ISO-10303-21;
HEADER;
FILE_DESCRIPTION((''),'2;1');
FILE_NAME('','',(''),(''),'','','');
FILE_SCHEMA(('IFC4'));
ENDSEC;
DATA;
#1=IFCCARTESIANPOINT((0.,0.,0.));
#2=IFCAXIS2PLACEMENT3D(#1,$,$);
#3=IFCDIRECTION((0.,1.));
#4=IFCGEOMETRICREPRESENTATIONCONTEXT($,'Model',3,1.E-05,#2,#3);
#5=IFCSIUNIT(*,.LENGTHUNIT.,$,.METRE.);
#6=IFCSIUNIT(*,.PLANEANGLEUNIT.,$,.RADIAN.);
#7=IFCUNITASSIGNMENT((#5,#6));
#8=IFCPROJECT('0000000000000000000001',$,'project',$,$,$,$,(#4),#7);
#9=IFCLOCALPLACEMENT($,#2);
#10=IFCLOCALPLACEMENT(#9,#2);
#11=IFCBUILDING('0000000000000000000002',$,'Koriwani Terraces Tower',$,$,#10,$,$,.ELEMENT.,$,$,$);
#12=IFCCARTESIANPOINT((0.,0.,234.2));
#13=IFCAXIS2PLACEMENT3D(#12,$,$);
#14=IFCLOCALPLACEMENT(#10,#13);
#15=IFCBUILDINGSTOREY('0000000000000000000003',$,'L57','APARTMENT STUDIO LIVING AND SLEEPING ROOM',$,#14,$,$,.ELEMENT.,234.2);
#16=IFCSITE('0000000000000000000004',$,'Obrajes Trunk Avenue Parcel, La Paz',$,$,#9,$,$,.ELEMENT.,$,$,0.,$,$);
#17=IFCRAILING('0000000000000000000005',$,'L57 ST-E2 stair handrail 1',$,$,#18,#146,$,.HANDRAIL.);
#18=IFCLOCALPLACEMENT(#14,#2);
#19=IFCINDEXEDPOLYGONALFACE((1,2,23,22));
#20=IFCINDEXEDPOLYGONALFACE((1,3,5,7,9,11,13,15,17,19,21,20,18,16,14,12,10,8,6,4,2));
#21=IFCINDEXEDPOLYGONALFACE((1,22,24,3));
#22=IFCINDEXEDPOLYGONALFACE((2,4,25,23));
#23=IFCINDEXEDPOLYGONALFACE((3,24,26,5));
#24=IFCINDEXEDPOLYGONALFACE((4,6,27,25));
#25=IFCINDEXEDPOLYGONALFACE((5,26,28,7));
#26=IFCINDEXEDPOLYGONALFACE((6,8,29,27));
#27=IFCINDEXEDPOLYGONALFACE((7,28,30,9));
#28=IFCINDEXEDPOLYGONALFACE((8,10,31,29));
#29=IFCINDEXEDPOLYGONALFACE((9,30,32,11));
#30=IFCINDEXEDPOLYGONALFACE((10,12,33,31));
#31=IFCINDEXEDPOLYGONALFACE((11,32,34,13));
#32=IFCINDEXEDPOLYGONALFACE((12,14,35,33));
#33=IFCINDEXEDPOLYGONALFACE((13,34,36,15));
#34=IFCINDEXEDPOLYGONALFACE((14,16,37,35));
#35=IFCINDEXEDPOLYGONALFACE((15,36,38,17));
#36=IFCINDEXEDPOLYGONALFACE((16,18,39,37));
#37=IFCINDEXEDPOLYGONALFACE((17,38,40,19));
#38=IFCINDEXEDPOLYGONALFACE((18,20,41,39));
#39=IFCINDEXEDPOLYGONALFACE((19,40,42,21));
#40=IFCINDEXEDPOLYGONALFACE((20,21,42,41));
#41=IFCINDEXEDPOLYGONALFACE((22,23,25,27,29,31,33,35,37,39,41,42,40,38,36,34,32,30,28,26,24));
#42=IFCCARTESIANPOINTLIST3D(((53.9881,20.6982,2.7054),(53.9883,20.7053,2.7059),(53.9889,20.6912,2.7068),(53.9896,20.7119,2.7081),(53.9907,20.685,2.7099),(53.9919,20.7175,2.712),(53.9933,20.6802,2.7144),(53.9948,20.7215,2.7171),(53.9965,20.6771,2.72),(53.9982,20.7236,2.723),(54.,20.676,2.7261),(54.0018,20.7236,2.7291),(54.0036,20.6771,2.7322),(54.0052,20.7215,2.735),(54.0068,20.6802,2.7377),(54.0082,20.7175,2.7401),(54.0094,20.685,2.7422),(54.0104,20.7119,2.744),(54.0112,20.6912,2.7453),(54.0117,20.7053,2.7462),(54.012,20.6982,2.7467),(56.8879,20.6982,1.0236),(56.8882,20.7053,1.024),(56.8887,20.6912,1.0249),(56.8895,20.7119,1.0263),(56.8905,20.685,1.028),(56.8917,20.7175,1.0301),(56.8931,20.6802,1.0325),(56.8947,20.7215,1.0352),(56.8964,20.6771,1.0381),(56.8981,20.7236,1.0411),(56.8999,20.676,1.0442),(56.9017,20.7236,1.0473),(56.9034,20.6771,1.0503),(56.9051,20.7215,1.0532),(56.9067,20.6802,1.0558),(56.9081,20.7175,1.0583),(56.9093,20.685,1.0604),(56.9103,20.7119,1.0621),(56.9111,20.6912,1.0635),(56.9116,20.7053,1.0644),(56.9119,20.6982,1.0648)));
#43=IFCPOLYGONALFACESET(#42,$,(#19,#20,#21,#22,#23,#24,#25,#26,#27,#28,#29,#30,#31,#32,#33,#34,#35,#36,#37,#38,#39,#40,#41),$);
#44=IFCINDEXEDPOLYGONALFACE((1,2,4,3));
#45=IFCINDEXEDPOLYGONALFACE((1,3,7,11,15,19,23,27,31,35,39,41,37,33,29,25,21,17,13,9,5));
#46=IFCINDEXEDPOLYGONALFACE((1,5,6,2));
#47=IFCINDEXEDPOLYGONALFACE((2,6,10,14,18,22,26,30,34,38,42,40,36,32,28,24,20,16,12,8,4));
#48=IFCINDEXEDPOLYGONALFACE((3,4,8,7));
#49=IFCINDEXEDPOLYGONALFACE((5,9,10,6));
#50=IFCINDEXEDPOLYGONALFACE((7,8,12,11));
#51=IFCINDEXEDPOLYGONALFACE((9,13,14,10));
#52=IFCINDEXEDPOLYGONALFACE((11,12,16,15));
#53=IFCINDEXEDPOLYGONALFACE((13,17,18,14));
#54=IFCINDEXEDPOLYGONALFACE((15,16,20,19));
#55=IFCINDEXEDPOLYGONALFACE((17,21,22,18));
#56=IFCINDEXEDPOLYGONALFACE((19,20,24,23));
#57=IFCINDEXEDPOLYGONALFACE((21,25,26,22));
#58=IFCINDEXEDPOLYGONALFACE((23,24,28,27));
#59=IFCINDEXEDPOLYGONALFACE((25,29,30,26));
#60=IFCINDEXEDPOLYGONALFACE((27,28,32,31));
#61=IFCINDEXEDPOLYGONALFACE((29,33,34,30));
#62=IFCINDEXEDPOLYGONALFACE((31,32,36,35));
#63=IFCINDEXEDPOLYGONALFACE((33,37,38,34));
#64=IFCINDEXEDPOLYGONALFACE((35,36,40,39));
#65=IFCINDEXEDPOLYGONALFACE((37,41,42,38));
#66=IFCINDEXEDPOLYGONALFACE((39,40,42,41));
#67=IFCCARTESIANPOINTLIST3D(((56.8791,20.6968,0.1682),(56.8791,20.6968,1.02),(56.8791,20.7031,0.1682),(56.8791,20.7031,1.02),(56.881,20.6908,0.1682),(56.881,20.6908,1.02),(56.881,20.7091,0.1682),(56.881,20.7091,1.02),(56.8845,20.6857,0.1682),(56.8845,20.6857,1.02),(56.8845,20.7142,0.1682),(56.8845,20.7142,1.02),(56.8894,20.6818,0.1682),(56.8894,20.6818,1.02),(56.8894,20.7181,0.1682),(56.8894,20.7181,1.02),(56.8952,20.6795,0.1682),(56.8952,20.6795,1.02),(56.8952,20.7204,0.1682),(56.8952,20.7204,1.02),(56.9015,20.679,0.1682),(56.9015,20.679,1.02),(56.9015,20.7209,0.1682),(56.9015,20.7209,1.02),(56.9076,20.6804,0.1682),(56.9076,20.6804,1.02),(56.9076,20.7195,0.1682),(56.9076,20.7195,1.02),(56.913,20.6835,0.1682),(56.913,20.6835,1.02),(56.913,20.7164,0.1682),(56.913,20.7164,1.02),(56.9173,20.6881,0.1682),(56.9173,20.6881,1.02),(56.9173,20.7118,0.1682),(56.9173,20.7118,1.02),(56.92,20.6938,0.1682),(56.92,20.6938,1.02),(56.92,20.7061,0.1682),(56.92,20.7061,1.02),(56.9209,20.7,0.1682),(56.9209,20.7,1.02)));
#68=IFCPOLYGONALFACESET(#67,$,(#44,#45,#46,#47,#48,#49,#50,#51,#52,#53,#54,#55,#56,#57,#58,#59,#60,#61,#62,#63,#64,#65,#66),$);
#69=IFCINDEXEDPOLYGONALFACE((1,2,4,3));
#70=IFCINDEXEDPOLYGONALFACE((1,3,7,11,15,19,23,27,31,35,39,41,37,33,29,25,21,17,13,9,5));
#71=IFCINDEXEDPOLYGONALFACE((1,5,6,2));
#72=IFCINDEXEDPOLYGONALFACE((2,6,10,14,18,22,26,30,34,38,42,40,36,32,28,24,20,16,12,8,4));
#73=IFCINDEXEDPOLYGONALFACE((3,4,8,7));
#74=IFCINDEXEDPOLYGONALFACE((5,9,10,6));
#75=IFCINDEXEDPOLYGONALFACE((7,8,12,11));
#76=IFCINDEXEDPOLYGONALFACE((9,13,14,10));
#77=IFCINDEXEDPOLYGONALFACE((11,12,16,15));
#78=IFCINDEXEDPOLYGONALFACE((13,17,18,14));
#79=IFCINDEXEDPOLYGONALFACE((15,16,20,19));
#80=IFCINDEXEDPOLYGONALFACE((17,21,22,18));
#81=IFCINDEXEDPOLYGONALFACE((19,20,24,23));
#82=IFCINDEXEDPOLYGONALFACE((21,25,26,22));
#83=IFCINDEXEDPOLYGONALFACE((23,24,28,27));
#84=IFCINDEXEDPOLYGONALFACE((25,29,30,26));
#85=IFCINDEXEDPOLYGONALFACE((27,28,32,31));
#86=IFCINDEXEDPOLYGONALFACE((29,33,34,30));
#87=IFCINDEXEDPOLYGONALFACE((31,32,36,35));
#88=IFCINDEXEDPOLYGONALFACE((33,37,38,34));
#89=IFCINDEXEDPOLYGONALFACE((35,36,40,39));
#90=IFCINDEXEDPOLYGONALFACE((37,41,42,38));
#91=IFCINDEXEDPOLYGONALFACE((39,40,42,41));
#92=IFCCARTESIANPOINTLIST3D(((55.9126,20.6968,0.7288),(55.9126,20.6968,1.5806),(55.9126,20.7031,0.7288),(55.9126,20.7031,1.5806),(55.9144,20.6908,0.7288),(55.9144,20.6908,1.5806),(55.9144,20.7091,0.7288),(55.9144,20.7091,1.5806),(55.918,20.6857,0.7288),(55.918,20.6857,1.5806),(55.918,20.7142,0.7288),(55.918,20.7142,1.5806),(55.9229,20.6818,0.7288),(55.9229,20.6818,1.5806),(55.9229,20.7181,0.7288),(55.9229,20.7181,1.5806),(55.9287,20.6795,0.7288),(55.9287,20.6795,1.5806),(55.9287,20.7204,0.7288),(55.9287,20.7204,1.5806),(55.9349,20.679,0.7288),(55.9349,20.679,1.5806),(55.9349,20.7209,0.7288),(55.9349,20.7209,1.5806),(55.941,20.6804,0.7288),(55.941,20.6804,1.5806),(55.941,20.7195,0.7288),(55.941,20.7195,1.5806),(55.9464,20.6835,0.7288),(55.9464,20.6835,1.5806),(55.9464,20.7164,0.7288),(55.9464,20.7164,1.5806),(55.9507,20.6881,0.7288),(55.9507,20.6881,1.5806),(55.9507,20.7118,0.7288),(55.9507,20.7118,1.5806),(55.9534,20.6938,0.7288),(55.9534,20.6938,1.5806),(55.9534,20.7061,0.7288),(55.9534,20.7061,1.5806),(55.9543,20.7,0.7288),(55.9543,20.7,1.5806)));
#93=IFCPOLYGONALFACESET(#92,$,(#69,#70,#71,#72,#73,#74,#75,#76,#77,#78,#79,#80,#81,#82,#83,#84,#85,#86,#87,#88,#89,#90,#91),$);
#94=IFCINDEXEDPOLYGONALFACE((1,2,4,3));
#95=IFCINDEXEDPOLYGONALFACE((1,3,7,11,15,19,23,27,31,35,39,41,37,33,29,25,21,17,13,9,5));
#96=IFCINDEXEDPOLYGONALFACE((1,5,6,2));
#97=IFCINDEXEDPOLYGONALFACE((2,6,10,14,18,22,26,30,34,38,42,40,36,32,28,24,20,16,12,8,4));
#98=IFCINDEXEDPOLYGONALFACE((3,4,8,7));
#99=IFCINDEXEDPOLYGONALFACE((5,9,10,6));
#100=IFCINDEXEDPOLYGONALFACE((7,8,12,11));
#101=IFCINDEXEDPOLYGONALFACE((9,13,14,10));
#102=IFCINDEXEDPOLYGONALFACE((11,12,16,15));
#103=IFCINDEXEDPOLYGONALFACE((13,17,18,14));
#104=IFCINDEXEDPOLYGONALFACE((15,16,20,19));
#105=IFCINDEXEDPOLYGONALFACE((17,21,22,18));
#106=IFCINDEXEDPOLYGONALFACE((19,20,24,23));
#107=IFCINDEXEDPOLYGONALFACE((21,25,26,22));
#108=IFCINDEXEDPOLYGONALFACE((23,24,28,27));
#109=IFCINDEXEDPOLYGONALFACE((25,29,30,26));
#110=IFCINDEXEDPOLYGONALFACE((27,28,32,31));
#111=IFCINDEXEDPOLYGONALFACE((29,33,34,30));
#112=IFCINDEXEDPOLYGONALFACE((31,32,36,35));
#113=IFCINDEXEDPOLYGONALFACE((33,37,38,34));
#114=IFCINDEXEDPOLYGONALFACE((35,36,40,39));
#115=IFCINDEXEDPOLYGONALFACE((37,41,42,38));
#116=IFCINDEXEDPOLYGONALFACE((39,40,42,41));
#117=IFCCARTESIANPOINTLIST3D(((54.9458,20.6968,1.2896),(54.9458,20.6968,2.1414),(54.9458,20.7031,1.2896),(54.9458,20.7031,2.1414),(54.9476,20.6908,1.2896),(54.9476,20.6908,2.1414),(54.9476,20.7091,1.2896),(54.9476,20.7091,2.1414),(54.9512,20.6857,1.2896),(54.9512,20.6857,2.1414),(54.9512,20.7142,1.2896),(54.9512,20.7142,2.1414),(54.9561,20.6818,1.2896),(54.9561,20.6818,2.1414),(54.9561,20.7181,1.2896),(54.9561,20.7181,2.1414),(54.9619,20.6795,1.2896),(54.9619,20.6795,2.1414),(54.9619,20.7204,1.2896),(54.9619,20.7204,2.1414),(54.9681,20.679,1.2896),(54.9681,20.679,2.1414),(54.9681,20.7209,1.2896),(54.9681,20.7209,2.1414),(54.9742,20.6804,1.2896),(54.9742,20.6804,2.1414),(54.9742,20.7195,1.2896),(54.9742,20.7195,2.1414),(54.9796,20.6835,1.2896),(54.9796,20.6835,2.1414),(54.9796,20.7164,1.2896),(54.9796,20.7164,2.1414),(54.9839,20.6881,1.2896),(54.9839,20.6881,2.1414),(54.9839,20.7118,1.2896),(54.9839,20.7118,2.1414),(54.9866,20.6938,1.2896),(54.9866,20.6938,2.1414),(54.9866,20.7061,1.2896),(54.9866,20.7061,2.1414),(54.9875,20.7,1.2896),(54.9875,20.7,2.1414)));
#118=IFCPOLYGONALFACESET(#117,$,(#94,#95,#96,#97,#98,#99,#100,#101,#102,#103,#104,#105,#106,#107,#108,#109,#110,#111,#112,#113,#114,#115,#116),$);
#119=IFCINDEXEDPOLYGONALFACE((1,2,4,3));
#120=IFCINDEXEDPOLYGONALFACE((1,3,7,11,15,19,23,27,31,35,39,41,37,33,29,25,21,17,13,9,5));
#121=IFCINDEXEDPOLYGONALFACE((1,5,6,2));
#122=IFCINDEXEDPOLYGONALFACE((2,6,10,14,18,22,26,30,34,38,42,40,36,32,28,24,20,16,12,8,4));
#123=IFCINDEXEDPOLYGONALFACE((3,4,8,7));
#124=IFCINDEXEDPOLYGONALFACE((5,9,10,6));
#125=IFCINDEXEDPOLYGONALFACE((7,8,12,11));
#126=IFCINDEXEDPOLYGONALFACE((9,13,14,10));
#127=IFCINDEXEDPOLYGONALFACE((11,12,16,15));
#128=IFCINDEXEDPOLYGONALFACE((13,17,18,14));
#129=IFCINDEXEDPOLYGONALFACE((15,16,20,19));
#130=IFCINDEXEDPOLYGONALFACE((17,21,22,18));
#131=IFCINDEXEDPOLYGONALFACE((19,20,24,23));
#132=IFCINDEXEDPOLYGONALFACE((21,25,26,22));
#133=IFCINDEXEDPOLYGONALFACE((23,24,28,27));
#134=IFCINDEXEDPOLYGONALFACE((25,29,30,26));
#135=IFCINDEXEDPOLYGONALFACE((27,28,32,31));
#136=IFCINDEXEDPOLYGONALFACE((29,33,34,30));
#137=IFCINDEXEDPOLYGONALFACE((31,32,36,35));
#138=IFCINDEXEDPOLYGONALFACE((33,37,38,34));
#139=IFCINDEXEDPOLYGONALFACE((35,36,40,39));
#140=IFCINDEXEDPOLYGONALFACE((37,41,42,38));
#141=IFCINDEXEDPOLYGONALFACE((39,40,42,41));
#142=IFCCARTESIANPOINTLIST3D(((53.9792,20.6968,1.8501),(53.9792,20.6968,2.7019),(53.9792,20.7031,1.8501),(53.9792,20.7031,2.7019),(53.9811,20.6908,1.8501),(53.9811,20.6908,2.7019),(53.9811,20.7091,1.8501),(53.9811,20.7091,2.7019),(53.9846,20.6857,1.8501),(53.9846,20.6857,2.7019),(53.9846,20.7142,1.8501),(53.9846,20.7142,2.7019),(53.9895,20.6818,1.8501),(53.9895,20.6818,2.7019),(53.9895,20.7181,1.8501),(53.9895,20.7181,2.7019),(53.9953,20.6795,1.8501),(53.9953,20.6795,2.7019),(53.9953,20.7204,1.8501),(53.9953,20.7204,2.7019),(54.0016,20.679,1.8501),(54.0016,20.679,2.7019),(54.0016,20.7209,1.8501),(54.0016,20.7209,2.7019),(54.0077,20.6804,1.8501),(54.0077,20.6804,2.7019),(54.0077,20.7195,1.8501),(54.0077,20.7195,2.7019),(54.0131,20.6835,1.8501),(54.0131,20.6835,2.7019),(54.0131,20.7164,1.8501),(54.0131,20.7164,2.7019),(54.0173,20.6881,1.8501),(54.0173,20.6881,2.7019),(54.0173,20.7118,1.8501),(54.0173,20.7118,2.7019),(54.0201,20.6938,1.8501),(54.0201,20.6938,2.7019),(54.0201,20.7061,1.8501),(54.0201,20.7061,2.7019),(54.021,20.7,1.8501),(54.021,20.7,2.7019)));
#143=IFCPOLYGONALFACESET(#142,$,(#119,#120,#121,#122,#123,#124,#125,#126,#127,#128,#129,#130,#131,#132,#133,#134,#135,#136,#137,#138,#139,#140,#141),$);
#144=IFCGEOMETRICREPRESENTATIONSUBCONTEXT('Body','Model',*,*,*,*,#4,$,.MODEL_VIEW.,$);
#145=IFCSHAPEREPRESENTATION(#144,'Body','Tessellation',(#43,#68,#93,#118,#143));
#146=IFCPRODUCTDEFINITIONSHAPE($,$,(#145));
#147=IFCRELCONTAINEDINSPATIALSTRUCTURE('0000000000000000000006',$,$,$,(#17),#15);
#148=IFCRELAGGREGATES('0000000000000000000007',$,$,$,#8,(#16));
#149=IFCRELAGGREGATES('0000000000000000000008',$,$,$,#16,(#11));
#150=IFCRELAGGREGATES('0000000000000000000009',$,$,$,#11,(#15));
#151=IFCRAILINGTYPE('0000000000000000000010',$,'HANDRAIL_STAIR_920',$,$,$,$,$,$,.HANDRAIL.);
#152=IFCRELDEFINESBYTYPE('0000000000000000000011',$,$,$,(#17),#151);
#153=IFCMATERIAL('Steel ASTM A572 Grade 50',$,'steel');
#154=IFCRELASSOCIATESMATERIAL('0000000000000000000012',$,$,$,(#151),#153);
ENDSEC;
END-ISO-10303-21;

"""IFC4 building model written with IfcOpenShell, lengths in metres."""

from ifc_helpers import new_model, si_unit, direction, frame, origin, origin_2d, place, context, subcontext, project, spatial, circle, extrude, material, type_object, element, save


model = new_model("IFC4")

# Units and contexts
model_context = context("Model", 3, precision=1e-05, world=origin(), true_north=direction((0.0, 1.0)))
body_context = subcontext(model_context, "Body", "Model", "MODEL_VIEW")
ifc_project = project(units=[si_unit("LENGTHUNIT", "METRE"), si_unit("PLANEANGLEUNIT", "RADIAN")], contexts=[model_context])

# Site, building, storey
site_placement = place(None, origin())
site = spatial("IfcSite", under=ifc_project, at=site_placement, Name="Obrajes Trunk Avenue Parcel, La Paz", CompositionType="ELEMENT", RefElevation=0.0)
building_placement = place(site_placement, origin())
building = spatial("IfcBuilding", under=site, at=building_placement, Name="Koriwani Terraces Tower", CompositionType="ELEMENT")
storey_placement = place(building_placement, frame((0.0, 0.0, 234.2)))
storey = spatial("IfcBuildingStorey", under=building, at=storey_placement, Name="L57", Description="APARTMENT STUDIO LIVING AND SLEEPING ROOM", CompositionType="ELEMENT", Elevation=234.2)

# Shared definitions
ifc_material_1 = material(Name="Steel ASTM A572 Grade 50", Category="steel")

# Railing
railing_type_1 = type_object("IfcRailingType", Name="HANDRAIL_STAIR_920", PredefinedType="HANDRAIL", material=ifc_material_1)
railing_1_placement = place(storey_placement, frame((56.8999, 20.7, 0.1682)))
element("IfcRailing", 1, at=railing_1_placement, inside=storey, type_object=railing_type_1, Name="L57 ST-E2 stair handrail 1", PredefinedType="HANDRAIL", context=body_context, shape_type="SweptSolid", body=[
    extrude(circle(Radius=0.0239, at=origin_2d()), frame((0.0, 0.0, 0.876), z_axis=(-0.865039, 0.0, 0.501705), x_axis=(0.0, -1.0, 0.0)), (0.0, 0.0, 1.0), 3.3523),
    extrude(circle(Radius=0.021, at=origin_2d()), origin(), (0.0, 0.0, 1.0), 0.8518),
    extrude(circle(Radius=0.021, at=origin_2d()), frame((-0.9666, 0.0, 0.5605)), (0.0, 0.0, 1.0), 0.8518),
    extrude(circle(Radius=0.021, at=origin_2d()), frame((-1.9333, 0.0, 1.1213)), (0.0, 0.0, 1.0), 0.8518),
    extrude(circle(Radius=0.021, at=origin_2d()), frame((-2.8999, 0.0, 1.6819)), (0.0, 0.0, 1.0), 0.8518),
])

save(model, "model.ifc")
